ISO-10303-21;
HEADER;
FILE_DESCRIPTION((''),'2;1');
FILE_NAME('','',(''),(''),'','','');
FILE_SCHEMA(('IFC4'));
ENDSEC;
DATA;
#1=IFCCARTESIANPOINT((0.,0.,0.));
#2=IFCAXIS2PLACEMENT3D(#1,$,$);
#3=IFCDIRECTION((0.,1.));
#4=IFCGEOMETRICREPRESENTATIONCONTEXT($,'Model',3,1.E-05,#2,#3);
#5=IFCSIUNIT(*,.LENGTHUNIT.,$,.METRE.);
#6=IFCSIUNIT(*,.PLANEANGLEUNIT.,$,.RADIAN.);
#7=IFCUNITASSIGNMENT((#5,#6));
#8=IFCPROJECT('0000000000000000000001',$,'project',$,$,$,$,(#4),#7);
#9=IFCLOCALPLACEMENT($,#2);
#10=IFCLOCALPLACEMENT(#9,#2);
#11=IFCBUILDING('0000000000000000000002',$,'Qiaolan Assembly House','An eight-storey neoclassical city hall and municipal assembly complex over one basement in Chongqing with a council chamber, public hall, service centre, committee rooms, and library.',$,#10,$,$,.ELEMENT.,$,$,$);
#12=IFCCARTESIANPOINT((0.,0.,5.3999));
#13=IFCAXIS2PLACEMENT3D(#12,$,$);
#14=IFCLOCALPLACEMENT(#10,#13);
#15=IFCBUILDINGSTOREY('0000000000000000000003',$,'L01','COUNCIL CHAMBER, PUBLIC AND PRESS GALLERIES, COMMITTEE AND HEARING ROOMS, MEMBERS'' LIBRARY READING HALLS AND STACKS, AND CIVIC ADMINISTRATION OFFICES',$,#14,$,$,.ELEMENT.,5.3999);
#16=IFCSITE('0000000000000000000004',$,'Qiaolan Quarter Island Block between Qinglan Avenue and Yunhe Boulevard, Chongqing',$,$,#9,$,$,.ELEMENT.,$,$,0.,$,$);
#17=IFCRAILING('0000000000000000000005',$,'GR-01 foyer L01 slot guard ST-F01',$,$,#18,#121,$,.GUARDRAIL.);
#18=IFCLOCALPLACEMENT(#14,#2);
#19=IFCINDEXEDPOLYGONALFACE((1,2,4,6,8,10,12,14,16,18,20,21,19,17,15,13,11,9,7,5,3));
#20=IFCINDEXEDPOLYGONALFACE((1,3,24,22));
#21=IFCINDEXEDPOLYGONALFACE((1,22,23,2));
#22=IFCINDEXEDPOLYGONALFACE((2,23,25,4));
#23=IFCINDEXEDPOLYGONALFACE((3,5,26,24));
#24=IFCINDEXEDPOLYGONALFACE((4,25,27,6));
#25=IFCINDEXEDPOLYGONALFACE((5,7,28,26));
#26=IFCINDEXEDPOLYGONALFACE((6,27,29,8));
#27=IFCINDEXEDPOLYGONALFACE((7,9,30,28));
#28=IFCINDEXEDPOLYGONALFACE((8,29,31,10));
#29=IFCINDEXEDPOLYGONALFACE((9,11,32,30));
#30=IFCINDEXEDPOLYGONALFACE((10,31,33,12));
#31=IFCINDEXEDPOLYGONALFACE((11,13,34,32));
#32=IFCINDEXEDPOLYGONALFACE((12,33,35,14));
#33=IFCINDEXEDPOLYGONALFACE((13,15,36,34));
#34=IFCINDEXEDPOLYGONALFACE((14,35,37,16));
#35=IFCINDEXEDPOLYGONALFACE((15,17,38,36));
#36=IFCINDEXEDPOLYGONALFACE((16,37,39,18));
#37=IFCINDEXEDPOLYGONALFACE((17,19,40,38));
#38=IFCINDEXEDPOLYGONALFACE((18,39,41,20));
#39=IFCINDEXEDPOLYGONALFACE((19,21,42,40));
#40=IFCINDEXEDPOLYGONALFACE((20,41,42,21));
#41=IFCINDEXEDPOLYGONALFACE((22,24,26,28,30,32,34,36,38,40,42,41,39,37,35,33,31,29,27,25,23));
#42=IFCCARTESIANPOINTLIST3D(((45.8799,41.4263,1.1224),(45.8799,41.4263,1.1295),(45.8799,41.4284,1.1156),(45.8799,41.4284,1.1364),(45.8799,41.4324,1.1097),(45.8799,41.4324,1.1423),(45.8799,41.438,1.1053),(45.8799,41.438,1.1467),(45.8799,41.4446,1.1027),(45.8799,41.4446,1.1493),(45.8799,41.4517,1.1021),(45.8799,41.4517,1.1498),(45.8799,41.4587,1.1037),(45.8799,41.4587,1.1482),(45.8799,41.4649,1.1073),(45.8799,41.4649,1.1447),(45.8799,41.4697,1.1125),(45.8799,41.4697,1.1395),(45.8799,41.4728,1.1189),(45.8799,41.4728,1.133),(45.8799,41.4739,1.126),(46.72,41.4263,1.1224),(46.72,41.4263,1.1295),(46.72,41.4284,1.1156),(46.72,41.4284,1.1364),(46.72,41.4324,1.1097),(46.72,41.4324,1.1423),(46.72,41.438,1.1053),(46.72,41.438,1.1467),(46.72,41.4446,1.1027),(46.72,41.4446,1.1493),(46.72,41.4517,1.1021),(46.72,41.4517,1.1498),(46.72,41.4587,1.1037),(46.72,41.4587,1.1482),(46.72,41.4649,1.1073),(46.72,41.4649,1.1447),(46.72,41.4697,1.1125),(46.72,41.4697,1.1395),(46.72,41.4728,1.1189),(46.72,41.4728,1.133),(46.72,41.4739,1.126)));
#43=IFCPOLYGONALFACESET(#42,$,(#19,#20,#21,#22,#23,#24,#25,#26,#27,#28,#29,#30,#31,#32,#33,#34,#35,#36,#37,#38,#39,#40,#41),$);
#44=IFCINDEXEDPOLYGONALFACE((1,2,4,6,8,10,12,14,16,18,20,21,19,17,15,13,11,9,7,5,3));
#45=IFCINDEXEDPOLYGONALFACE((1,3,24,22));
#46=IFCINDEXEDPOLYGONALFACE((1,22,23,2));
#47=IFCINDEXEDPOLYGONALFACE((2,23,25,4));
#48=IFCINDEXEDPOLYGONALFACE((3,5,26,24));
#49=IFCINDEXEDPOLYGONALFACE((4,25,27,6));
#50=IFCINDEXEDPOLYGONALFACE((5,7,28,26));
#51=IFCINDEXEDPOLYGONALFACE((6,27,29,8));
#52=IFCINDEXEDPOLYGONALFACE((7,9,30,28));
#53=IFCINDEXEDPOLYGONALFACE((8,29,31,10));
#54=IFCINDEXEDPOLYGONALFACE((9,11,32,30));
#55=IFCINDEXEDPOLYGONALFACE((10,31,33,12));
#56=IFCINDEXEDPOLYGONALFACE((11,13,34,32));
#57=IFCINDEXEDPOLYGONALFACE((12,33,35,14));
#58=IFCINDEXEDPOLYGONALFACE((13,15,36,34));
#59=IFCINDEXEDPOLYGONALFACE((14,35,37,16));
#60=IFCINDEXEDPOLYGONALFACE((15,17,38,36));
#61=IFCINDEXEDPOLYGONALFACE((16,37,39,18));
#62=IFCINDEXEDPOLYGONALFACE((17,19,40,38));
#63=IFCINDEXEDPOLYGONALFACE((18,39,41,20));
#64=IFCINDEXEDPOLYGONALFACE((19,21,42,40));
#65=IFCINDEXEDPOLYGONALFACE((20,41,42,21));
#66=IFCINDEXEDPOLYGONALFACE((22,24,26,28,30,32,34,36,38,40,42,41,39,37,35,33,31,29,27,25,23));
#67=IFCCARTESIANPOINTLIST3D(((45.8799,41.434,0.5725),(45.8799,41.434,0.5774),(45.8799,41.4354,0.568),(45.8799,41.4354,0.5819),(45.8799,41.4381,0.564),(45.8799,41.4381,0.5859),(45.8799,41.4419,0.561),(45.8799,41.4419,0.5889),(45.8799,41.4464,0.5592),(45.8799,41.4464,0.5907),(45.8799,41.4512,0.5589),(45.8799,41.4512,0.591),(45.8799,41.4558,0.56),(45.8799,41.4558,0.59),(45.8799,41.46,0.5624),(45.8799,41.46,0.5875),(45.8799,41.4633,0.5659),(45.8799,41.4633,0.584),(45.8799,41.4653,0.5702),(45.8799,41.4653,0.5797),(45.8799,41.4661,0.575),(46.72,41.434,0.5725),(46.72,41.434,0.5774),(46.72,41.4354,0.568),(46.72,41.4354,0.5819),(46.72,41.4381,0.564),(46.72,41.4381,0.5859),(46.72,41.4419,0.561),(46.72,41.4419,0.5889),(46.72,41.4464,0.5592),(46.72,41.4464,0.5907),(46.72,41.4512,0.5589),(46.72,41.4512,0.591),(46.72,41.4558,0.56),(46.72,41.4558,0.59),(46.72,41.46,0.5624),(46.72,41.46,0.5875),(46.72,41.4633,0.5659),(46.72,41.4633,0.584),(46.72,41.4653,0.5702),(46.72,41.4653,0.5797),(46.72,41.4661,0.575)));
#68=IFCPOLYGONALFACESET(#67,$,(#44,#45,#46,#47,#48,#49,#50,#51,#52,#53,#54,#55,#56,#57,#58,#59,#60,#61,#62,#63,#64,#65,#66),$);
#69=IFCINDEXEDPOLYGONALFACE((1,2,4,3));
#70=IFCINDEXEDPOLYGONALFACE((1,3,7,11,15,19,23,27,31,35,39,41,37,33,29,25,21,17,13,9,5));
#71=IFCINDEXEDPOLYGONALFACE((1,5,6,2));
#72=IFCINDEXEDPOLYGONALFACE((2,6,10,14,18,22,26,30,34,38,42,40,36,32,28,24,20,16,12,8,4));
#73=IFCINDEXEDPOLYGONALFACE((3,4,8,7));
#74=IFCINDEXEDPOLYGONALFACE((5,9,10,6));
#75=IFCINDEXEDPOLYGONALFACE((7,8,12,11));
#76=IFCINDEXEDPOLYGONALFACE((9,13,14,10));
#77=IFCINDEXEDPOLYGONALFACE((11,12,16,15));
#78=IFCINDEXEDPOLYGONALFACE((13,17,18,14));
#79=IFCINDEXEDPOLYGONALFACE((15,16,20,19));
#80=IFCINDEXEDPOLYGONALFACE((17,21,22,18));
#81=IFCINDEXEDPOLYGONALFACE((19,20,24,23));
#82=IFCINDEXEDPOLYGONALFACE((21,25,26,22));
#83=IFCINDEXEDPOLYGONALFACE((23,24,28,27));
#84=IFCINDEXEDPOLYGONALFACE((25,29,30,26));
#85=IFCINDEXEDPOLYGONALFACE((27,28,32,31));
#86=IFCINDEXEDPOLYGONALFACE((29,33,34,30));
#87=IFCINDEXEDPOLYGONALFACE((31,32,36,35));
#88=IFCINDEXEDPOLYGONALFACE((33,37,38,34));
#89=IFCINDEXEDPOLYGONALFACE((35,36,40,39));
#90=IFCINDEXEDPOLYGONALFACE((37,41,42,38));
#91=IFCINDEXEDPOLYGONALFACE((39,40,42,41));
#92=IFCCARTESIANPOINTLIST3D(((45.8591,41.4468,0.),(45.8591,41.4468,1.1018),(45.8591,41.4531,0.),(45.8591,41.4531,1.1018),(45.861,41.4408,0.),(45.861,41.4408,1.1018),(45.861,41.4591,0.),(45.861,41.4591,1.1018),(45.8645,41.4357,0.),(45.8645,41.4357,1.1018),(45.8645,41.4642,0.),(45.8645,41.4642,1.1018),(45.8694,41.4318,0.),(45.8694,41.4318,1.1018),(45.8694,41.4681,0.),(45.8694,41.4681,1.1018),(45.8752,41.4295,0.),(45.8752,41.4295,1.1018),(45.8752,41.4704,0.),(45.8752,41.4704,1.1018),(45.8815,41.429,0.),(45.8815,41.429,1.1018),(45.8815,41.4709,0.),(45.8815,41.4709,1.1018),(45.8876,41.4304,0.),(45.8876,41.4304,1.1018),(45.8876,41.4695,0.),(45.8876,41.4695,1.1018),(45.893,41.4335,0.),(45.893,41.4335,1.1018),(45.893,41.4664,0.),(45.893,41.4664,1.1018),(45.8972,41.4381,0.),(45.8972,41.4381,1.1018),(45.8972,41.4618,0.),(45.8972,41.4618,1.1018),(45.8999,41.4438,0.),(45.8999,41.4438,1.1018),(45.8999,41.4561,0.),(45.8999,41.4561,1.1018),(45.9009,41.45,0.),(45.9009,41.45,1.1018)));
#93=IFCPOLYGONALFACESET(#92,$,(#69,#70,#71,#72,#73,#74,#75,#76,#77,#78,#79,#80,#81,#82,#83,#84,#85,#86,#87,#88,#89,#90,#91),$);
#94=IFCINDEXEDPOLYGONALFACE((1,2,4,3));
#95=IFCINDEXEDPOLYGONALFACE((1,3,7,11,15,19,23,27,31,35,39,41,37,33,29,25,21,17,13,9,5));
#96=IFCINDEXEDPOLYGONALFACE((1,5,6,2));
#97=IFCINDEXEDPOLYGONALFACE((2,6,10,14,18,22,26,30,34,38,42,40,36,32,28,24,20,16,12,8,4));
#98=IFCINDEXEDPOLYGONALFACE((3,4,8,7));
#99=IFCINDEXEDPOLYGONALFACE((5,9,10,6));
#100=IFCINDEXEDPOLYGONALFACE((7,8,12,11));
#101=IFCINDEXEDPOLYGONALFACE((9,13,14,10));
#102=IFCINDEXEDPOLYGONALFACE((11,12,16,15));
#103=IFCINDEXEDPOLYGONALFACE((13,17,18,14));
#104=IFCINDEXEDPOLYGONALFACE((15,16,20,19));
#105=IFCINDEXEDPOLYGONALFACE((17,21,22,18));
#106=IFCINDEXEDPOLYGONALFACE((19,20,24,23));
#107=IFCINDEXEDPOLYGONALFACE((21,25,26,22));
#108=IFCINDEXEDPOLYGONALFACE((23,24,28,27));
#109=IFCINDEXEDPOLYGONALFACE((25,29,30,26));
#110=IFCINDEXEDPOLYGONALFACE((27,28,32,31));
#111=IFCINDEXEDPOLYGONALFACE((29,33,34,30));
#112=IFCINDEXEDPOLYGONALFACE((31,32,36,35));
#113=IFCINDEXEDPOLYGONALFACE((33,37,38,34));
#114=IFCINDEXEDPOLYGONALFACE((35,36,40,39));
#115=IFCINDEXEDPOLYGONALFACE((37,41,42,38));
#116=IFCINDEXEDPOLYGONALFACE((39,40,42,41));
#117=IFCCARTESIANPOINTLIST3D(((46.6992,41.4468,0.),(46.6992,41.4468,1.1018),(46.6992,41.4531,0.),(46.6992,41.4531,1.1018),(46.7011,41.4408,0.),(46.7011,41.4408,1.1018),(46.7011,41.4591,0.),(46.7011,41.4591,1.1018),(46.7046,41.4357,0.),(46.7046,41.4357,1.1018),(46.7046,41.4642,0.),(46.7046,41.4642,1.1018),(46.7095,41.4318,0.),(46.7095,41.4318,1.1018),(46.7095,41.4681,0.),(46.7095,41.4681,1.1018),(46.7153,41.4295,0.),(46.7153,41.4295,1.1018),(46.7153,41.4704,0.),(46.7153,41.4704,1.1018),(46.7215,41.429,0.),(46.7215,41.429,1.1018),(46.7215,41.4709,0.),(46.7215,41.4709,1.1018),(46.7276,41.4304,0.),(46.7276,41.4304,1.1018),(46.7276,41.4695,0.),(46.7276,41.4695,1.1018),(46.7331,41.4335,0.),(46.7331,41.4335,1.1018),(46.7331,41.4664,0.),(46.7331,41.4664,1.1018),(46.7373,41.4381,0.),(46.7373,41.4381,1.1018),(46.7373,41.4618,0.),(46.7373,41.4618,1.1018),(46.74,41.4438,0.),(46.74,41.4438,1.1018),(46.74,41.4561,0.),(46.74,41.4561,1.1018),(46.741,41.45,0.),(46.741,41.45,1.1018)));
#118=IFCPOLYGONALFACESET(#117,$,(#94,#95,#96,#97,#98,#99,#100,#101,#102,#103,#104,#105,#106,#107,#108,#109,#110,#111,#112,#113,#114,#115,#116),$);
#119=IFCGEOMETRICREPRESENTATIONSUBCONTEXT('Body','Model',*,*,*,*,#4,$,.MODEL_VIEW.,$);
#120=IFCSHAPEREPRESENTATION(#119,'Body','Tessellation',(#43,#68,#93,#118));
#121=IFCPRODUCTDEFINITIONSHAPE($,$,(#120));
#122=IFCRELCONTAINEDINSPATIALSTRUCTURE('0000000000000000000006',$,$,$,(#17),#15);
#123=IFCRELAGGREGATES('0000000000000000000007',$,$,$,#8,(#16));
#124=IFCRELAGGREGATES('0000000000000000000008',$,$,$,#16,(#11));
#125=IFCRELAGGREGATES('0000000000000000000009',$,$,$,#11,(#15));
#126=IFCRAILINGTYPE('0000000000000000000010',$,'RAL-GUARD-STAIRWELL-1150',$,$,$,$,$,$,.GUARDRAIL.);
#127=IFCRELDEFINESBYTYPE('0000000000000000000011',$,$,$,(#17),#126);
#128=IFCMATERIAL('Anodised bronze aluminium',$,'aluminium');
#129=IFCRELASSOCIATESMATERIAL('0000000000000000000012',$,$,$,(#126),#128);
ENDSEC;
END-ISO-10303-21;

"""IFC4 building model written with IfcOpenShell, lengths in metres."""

from ifc_helpers import new_model, si_unit, direction, frame, origin, origin_2d, place, context, subcontext, project, spatial, circle, extrude, material, type_object, element, save


model = new_model("IFC4")

# Units and contexts
model_context = context("Model", 3, precision=1e-05, world=origin(), true_north=direction((0.0, 1.0)))
body_context = subcontext(model_context, "Body", "Model", "MODEL_VIEW")
ifc_project = project(units=[si_unit("LENGTHUNIT", "METRE"), si_unit("PLANEANGLEUNIT", "RADIAN")], contexts=[model_context])

# Site, building, storey
site_placement = place(None, origin())
site = spatial("IfcSite", under=ifc_project, at=site_placement, Name="Qiaolan Quarter Island Block between Qinglan Avenue and Yunhe Boulevard, Chongqing", CompositionType="ELEMENT", RefElevation=0.0)
building_placement = place(site_placement, origin())
building = spatial("IfcBuilding", under=site, at=building_placement, Name="Qiaolan Assembly House", Description="An eight-storey neoclassical city hall and municipal assembly complex over one basement in Chongqing with a council chamber, public hall, service centre, committee rooms, and library.", CompositionType="ELEMENT")
storey_placement = place(building_placement, frame((0.0, 0.0, 5.3999)))
storey = spatial("IfcBuildingStorey", under=building, at=storey_placement, Name="L01", Description="COUNCIL CHAMBER, PUBLIC AND PRESS GALLERIES, COMMITTEE AND HEARING ROOMS, MEMBERS' LIBRARY READING HALLS AND STACKS, AND CIVIC ADMINISTRATION OFFICES", CompositionType="ELEMENT", Elevation=5.3999)

# Railing
ifc_material_1 = material(Name="Anodised bronze aluminium", Category="aluminium")
railing_type_1 = type_object("IfcRailingType", Name="RAL-GUARD-STAIRWELL-1150", PredefinedType="GUARDRAIL", material=ifc_material_1)
railing_1_placement = place(storey_placement, frame((45.8799, 41.45, 0.0)))
element("IfcRailing", 1, at=railing_1_placement, inside=storey, type_object=railing_type_1, Name="GR-01 foyer L01 slot guard ST-F01", PredefinedType="GUARDRAIL", context=body_context, shape_type="SweptSolid", body=[
    extrude(circle(Radius=0.0239, at=origin_2d()), frame((0.0, 0.0, 1.126), z_axis=(1.0, 0.0, 0.0), x_axis=(0.0, 1.0, 0.0)), (0.0, 0.0, 1.0), 0.8401),
    extrude(circle(Radius=0.0161, at=origin_2d()), frame((0.0, 0.0, 0.575), z_axis=(1.0, 0.0, 0.0), x_axis=(0.0, 1.0, 0.0)), (0.0, 0.0, 1.0), 0.8401),
    extrude(circle(Radius=0.021, at=origin_2d()), origin(), (0.0, 0.0, 1.0), 1.1018),
    extrude(circle(Radius=0.021, at=origin_2d()), frame((0.8401, 0.0, 0.0)), (0.0, 0.0, 1.0), 1.1018),
])

save(model, "model.ifc")
